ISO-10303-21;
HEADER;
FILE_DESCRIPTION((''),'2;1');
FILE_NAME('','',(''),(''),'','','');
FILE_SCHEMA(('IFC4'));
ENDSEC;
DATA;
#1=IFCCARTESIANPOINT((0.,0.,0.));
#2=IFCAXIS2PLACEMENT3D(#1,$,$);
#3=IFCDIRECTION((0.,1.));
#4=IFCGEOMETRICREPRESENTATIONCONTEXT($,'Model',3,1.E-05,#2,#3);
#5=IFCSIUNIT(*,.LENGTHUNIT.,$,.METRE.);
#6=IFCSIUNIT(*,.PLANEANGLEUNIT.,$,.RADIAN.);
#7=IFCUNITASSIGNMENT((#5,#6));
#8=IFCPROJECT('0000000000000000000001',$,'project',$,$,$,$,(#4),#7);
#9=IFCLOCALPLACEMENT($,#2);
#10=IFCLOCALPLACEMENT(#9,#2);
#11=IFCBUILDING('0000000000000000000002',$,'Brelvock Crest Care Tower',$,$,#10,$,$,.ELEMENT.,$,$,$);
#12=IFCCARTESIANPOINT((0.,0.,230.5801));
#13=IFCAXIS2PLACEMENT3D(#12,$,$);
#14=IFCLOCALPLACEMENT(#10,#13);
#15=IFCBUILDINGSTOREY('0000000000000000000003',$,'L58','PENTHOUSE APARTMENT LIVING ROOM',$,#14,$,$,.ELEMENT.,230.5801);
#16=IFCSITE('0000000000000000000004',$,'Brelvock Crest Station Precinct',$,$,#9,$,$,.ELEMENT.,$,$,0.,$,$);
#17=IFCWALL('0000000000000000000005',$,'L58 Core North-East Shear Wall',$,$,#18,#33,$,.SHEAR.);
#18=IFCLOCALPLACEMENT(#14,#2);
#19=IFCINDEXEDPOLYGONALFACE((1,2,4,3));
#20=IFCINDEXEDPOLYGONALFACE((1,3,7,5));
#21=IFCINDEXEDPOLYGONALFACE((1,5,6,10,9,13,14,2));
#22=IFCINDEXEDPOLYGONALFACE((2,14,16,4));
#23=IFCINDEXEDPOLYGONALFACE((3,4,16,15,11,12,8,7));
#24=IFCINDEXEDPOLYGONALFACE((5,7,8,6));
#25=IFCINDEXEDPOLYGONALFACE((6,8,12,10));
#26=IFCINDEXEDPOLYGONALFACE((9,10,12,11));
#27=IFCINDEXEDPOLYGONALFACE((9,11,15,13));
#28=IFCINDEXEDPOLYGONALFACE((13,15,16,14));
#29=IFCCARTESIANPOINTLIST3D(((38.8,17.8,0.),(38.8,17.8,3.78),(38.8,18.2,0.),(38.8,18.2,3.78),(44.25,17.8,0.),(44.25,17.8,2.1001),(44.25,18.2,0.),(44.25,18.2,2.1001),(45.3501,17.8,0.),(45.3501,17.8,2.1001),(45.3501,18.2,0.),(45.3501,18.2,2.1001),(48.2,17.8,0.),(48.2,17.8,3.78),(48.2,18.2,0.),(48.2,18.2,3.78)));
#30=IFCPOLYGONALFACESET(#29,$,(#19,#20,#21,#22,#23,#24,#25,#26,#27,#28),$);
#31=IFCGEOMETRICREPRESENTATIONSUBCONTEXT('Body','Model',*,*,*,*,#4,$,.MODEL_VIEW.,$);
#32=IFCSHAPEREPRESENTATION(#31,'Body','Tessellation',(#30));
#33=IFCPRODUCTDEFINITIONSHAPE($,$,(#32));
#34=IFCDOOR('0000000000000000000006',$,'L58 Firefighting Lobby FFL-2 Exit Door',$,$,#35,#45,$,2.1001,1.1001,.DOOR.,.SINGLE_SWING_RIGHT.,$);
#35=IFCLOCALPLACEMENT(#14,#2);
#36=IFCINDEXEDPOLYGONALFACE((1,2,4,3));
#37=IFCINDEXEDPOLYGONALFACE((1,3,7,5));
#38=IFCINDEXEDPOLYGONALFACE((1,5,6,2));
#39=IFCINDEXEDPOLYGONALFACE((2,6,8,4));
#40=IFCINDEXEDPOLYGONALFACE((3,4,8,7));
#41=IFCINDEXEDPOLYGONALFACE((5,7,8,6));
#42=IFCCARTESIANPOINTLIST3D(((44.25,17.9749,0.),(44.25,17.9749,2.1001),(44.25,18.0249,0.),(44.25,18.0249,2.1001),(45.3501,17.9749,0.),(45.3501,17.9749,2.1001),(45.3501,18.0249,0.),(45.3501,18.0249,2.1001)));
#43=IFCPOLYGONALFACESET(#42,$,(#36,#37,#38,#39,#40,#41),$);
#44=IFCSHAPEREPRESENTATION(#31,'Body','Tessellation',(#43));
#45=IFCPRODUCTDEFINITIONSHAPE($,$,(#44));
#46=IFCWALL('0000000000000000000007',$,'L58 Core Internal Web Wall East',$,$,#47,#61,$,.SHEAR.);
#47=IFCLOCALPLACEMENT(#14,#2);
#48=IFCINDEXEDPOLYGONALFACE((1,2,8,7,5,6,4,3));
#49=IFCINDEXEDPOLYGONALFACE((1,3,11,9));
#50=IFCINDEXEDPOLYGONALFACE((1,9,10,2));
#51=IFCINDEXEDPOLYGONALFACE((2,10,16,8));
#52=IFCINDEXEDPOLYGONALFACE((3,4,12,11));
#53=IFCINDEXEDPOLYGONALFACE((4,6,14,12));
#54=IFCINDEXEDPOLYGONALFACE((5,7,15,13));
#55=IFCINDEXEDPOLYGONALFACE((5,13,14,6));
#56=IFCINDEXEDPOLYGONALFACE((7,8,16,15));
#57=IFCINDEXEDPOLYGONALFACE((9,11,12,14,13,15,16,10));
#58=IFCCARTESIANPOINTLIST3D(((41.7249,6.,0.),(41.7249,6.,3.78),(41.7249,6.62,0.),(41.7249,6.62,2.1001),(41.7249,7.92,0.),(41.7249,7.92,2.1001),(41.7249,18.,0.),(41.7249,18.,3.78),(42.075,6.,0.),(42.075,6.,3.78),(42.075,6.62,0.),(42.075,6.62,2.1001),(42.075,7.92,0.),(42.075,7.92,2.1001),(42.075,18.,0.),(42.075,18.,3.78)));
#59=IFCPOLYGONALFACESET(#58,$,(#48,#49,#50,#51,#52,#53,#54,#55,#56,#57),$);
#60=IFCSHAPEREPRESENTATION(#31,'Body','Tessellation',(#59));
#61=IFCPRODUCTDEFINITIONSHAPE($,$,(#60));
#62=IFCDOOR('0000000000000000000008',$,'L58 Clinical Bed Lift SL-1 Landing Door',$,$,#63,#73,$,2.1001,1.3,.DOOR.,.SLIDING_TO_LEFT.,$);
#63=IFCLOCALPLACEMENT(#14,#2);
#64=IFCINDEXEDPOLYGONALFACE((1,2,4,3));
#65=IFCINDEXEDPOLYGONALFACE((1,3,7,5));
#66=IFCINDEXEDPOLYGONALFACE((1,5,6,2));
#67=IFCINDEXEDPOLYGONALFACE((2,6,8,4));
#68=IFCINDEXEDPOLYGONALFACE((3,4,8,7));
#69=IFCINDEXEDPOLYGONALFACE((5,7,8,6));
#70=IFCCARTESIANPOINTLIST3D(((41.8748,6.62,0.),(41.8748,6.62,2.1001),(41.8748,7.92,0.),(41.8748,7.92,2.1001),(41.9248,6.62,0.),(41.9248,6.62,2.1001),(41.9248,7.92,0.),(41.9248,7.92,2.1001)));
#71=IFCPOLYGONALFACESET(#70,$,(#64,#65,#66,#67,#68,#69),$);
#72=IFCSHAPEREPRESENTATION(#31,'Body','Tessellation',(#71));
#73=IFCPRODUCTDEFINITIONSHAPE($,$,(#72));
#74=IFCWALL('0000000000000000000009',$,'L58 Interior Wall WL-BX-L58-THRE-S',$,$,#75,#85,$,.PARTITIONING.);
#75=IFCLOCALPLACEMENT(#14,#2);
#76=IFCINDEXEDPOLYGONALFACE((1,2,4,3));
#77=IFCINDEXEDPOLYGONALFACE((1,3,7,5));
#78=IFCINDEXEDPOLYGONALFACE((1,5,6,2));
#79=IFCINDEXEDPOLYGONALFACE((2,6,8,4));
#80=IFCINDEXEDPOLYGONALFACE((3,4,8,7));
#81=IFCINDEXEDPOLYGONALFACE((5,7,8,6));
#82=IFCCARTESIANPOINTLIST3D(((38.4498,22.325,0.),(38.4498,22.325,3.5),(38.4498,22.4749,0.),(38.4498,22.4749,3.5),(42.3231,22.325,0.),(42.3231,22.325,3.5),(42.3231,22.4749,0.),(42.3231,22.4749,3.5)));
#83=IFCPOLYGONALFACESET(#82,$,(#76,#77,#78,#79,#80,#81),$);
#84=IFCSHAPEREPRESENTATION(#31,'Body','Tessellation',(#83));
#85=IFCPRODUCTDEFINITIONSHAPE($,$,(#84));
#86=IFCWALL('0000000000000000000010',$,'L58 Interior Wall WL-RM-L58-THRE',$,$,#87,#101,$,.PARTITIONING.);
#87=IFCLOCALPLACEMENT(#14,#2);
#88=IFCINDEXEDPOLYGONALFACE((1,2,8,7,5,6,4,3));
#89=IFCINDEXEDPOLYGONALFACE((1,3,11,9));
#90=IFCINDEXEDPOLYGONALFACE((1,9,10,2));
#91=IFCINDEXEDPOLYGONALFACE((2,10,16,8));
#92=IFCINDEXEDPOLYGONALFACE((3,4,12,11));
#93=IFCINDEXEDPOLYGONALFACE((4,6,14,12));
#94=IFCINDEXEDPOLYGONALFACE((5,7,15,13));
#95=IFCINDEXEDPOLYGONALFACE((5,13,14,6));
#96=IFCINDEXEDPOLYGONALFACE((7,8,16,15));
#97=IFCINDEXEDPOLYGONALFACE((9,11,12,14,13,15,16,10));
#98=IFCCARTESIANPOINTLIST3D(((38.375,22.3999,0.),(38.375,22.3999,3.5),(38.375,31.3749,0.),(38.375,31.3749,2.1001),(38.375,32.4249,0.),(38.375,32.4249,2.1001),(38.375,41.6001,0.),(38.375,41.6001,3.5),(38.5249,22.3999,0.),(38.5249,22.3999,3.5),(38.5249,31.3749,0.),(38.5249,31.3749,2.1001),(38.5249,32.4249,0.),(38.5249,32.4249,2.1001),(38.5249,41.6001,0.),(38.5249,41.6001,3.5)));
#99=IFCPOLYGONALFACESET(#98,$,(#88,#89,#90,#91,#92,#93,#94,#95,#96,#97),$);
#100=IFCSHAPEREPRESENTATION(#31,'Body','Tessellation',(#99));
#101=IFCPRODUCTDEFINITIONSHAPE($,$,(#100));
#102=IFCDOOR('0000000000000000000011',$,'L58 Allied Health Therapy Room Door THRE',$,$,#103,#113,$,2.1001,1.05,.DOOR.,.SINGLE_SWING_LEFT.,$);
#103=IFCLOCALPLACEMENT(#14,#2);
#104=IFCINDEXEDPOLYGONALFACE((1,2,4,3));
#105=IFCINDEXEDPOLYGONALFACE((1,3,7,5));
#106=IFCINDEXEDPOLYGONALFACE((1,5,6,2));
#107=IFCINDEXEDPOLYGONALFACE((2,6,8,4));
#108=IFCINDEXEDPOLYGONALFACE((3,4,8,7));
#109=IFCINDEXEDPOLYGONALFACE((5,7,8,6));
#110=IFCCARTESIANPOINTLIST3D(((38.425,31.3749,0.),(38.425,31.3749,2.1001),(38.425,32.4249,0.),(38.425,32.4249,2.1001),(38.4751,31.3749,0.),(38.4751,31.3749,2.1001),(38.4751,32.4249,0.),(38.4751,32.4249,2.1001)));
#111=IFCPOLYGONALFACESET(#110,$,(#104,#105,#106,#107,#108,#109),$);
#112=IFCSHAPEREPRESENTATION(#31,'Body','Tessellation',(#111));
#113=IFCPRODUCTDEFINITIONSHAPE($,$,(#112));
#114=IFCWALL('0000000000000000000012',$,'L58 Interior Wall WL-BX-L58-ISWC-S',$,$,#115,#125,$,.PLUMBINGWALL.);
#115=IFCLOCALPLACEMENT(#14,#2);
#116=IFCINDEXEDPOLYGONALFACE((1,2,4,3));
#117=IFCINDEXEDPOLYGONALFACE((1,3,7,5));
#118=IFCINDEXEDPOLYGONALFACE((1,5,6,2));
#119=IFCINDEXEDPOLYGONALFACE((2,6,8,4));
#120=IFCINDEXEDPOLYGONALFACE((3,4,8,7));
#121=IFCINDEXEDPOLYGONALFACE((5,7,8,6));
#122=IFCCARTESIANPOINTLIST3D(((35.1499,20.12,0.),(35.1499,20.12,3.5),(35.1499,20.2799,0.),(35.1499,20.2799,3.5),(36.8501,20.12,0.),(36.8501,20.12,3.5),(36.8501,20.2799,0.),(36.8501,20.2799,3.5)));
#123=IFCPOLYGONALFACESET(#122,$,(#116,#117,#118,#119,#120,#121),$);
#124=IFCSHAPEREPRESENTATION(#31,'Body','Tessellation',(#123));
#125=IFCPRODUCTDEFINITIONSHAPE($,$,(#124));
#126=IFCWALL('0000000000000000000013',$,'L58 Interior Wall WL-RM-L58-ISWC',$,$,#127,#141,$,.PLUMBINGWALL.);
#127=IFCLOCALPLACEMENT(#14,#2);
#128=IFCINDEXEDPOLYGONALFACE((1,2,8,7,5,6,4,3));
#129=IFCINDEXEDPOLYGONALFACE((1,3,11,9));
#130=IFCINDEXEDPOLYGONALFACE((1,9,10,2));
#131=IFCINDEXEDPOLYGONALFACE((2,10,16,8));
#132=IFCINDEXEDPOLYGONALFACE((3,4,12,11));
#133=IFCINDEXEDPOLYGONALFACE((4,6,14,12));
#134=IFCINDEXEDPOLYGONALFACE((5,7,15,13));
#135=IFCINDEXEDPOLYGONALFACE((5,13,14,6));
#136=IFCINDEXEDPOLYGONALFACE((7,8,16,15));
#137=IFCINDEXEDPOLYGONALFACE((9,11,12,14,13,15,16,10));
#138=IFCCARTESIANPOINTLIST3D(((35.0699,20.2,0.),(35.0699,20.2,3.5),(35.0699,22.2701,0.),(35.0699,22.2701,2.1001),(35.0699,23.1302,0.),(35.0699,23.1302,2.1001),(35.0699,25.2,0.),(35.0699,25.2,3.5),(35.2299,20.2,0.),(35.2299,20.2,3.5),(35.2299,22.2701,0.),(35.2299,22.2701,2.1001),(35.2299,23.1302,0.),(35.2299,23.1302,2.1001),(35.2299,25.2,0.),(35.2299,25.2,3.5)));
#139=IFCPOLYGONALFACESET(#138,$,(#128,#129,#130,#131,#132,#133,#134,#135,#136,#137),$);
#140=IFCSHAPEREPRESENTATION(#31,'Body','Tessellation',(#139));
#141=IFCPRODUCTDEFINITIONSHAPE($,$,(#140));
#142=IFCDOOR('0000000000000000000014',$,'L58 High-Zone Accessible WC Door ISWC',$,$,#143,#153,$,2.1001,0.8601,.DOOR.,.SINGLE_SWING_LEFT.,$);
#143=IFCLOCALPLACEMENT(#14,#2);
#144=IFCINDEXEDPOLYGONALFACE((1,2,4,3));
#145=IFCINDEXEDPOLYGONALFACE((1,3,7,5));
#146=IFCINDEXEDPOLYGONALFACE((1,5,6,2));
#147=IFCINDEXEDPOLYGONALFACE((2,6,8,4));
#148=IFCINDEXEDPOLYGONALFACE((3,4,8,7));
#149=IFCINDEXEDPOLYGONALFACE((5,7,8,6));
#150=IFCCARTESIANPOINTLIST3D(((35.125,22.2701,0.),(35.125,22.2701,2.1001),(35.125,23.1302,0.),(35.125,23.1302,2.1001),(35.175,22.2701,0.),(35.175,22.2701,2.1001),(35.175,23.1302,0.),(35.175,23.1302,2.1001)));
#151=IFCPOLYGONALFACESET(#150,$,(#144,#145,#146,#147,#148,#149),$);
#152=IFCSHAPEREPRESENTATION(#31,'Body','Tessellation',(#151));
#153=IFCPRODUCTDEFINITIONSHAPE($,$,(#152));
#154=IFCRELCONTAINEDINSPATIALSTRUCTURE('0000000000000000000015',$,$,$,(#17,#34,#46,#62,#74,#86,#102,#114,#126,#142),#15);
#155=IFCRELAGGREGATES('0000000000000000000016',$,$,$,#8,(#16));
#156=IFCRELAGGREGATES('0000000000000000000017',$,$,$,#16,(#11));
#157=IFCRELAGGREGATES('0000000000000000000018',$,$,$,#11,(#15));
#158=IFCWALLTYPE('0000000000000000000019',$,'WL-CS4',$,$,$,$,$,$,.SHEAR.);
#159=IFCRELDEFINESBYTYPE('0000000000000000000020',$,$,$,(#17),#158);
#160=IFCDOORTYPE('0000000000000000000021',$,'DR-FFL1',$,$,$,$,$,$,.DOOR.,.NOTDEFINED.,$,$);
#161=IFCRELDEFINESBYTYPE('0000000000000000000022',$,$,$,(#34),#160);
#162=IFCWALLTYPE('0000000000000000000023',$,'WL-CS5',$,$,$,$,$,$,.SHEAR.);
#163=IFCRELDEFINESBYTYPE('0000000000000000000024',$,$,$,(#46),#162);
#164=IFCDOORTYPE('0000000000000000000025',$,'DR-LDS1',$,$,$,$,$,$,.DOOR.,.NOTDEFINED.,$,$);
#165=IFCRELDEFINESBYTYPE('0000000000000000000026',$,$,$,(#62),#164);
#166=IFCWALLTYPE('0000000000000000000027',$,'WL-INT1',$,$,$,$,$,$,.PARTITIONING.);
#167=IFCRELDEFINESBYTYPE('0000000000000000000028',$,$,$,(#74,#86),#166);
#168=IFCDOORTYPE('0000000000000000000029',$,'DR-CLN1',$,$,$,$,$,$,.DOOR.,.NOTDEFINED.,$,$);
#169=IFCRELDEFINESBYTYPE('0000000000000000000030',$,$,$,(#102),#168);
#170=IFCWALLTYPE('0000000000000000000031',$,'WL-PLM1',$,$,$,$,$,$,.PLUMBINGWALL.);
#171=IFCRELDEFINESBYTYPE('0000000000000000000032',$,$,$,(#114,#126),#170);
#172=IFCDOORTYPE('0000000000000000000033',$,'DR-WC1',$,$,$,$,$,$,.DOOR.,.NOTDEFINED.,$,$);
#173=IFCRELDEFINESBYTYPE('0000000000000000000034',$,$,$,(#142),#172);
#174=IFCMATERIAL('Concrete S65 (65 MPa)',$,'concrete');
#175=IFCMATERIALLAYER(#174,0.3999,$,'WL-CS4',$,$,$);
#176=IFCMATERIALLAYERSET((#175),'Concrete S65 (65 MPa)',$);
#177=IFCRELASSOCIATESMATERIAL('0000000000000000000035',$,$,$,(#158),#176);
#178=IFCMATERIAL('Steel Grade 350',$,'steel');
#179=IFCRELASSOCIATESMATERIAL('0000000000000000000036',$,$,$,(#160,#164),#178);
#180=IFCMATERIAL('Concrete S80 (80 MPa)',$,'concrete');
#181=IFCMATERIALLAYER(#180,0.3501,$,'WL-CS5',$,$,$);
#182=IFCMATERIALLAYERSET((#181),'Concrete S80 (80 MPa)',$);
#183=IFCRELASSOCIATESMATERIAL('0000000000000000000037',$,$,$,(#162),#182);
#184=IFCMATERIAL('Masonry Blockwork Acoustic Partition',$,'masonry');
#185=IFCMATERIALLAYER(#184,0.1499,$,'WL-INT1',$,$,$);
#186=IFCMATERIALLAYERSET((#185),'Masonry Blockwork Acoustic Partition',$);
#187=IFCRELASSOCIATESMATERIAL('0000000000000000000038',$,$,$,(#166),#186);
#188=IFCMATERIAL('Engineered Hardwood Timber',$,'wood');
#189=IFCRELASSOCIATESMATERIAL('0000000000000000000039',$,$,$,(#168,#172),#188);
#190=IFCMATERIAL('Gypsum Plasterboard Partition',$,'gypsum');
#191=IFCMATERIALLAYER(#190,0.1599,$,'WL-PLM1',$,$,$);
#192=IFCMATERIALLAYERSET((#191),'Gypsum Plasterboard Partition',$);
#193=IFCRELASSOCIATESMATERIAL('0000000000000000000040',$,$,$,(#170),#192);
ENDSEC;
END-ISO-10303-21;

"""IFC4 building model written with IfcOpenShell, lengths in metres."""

from ifc_helpers import new_model, si_unit, direction, frame, frame_2d, origin, origin_2d, place, context, subcontext, project, spatial, rectangle, extrude, source, transform, mapped, material, layer, layer_set, type_object, element, fill, save


model = new_model("IFC4")

# Units and contexts
model_context = context("Model", 3, precision=1e-05, world=origin(), true_north=direction((0.0, 1.0)))
body_context = subcontext(model_context, "Body", "Model", "MODEL_VIEW")
ifc_project = project(units=[si_unit("LENGTHUNIT", "METRE"), si_unit("PLANEANGLEUNIT", "RADIAN")], contexts=[model_context])

# Site, building, storey
site_placement = place(None, origin())
site = spatial("IfcSite", under=ifc_project, at=site_placement, Name="Brelvock Crest Station Precinct", CompositionType="ELEMENT", RefElevation=0.0)
building_placement = place(site_placement, origin())
building = spatial("IfcBuilding", under=site, at=building_placement, Name="Brelvock Crest Care Tower", CompositionType="ELEMENT")
storey_placement = place(building_placement, frame((0.0, 0.0, 230.5801)))
storey = spatial("IfcBuildingStorey", under=building, at=storey_placement, Name="L58", Description="PENTHOUSE APARTMENT LIVING ROOM", CompositionType="ELEMENT", Elevation=230.5801)

# Shared definitions
ifc_material_1 = material(Name="Concrete S65 (65 MPa)", Category="concrete")

# Shared definitions
ifc_material_2 = material(Name="Steel Grade 350", Category="steel")

# Walls, openings, doors
ifc_layer_1 = layer(ifc_material_1, 0.3999, Name="WL-CS4")
ifc_layer_set_1 = layer_set([ifc_layer_1], Name="Concrete S65 (65 MPa)")
wall_type_1 = type_object("IfcWallType", Name="WL-CS4", PredefinedType="SHEAR", material=ifc_layer_set_1)
wall_1_placement = place(storey_placement, frame((38.8, 18.0, 0.0), z_axis=(0.0, 0.0, 1.0), x_axis=(1.0, 0.0, 0.0)))
wall_1 = element("IfcWall", 1, at=wall_1_placement, inside=storey, type_object=wall_type_1, Name="L58 Core North-East Shear Wall", PredefinedType="SHEAR", context=body_context, shape_type="SweptSolid", body=[
    extrude(rectangle(XDim=9.3999, YDim=0.3999, at=frame_2d((4.7, 0.0))), origin(), (0.0, 0.0, 1.0), 3.78),
])
opening_1_placement = place(wall_1_placement, frame((5.45, 0.0, 0.0)))
opening_1 = element("IfcOpeningElement", 2, at=opening_1_placement, cuts=wall_1, PredefinedType="OPENING", context=body_context, shape_type="SweptSolid", body=[
    extrude(rectangle(XDim=1.1001, YDim=2.1001, at=origin_2d()), frame((0.55, 0.21, 1.05), z_axis=(0.0, -1.0, 0.0), x_axis=(1.0, 0.0, 0.0)), (0.0, 0.0, 1.0), 0.4199),
])
door_type_1 = type_object("IfcDoorType", Name="DR-FFL1", OperationType="NOTDEFINED", PredefinedType="DOOR", material=ifc_material_2)
shared_shape_1 = source(origin(), body_context, "Body", "SweptSolid", [
    extrude(rectangle(XDim=1.1001, YDim=2.1001, at=origin_2d()), frame((0.55, 0.0249, 1.05), z_axis=(0.0, -1.0, 0.0), x_axis=(1.0, 0.0, 0.0)), (0.0, 0.0, 1.0), 0.05),
])
door_1_placement = place(opening_1_placement, origin())
door_1 = element("IfcDoor", 3, at=door_1_placement, inside=storey, type_object=door_type_1, Name="L58 Firefighting Lobby FFL-2 Exit Door", OperationType="SINGLE_SWING_RIGHT", OverallHeight=2.1001, OverallWidth=1.1001, PredefinedType="DOOR", context=body_context, shape_type="MappedRepresentation", body=[
    mapped(shared_shape_1, transform((0.0, 0.0, 0.0), x_axis=(1.0, 0.0, 0.0), y_axis=(0.0, 1.0, 0.0), z_axis=(0.0, 0.0, 1.0), scale=1.0)),
])
fill(opening_1, door_1)
ifc_material_3 = material(Name="Concrete S80 (80 MPa)", Category="concrete")
ifc_layer_2 = layer(ifc_material_3, 0.3501, Name="WL-CS5")
ifc_layer_set_2 = layer_set([ifc_layer_2], Name="Concrete S80 (80 MPa)")
wall_type_2 = type_object("IfcWallType", Name="WL-CS5", PredefinedType="SHEAR", material=ifc_layer_set_2)
wall_2_placement = place(storey_placement, frame((41.8999, 18.0, 0.0), z_axis=(0.0, 0.0, 1.0), x_axis=(0.0, -1.0, 0.0)))
wall_2 = element("IfcWall", 4, at=wall_2_placement, inside=storey, type_object=wall_type_2, Name="L58 Core Internal Web Wall East", PredefinedType="SHEAR", context=body_context, shape_type="SweptSolid", body=[
    extrude(rectangle(XDim=12.0, YDim=0.3501, at=frame_2d((6.0, 0.0))), origin(), (0.0, 0.0, 1.0), 3.78),
])
opening_2_placement = place(wall_2_placement, frame((10.0801, 0.0, 0.0)))
opening_2 = element("IfcOpeningElement", 5, at=opening_2_placement, cuts=wall_2, PredefinedType="OPENING", context=body_context, shape_type="SweptSolid", body=[
    extrude(rectangle(XDim=1.3, YDim=2.1001, at=origin_2d()), frame((0.6499, 0.1851, 1.05), z_axis=(0.0, -1.0, 0.0), x_axis=(1.0, 0.0, 0.0)), (0.0, 0.0, 1.0), 0.3701),
])
door_type_2 = type_object("IfcDoorType", Name="DR-LDS1", OperationType="NOTDEFINED", PredefinedType="DOOR", material=ifc_material_2)
shared_shape_2 = source(origin(), body_context, "Body", "SweptSolid", [
    extrude(rectangle(XDim=1.3, YDim=2.1001, at=origin_2d()), frame((0.6499, 0.0249, 1.05), z_axis=(0.0, -1.0, 0.0), x_axis=(1.0, 0.0, 0.0)), (0.0, 0.0, 1.0), 0.05),
])
door_2_placement = place(opening_2_placement, origin())
door_2 = element("IfcDoor", 6, at=door_2_placement, inside=storey, type_object=door_type_2, Name="L58 Clinical Bed Lift SL-1 Landing Door", OperationType="SLIDING_TO_LEFT", OverallHeight=2.1001, OverallWidth=1.3, PredefinedType="DOOR", context=body_context, shape_type="MappedRepresentation", body=[
    mapped(shared_shape_2, transform((0.0, 0.0, 0.0), x_axis=(1.0, 0.0, 0.0), y_axis=(0.0, 1.0, 0.0), z_axis=(0.0, 0.0, 1.0), scale=1.0)),
])
fill(opening_2, door_2)

# Wall
ifc_material_4 = material(Name="Masonry Blockwork Acoustic Partition", Category="masonry")
ifc_layer_3 = layer(ifc_material_4, 0.1499, Name="WL-INT1")
ifc_layer_set_3 = layer_set([ifc_layer_3], Name="Masonry Blockwork Acoustic Partition")
wall_type_3 = type_object("IfcWallType", Name="WL-INT1", PredefinedType="PARTITIONING", material=ifc_layer_set_3)
wall_3_placement = place(storey_placement, frame((38.45, 22.3999, 0.0), z_axis=(0.0, 0.0, 1.0), x_axis=(1.0, 0.0, 0.0)))
element("IfcWall", 7, at=wall_3_placement, inside=storey, type_object=wall_type_3, Name="L58 Interior Wall WL-BX-L58-THRE-S", PredefinedType="PARTITIONING", context=body_context, shape_type="SweptSolid", body=[
    extrude(rectangle(XDim=3.8733, YDim=0.1499, at=frame_2d((1.9365, 0.0))), origin(), (0.0, 0.0, 1.0), 3.5),
])

# Wall, opening, door
wall_4_placement = place(storey_placement, frame((38.45, 22.3999, 0.0), z_axis=(0.0, 0.0, 1.0), x_axis=(0.0, 1.0, 0.0)))
wall_4 = element("IfcWall", 8, at=wall_4_placement, inside=storey, type_object=wall_type_3, Name="L58 Interior Wall WL-RM-L58-THRE", PredefinedType="PARTITIONING", context=body_context, shape_type="SweptSolid", body=[
    extrude(rectangle(XDim=19.2002, YDim=0.1499, at=frame_2d((9.6001, 0.0))), origin(), (0.0, 0.0, 1.0), 3.5),
])
opening_3_placement = place(wall_4_placement, frame((8.9751, 0.0, 0.0)))
opening_3 = element("IfcOpeningElement", 9, at=opening_3_placement, cuts=wall_4, PredefinedType="OPENING", context=body_context, shape_type="SweptSolid", body=[
    extrude(rectangle(XDim=1.05, YDim=2.1001, at=origin_2d()), frame((0.5249, 0.085, 1.05), z_axis=(0.0, -1.0, 0.0), x_axis=(1.0, 0.0, 0.0)), (0.0, 0.0, 1.0), 0.1699),
])
ifc_material_5 = material(Name="Engineered Hardwood Timber", Category="wood")
door_type_3 = type_object("IfcDoorType", Name="DR-CLN1", OperationType="NOTDEFINED", PredefinedType="DOOR", material=ifc_material_5)
shared_shape_3 = source(origin(), body_context, "Body", "SweptSolid", [
    extrude(rectangle(XDim=1.05, YDim=2.1001, at=origin_2d()), frame((0.5249, 0.0249, 1.05), z_axis=(0.0, -1.0, 0.0), x_axis=(1.0, 0.0, 0.0)), (0.0, 0.0, 1.0), 0.05),
])
door_3_placement = place(opening_3_placement, origin())
door_3 = element("IfcDoor", 10, at=door_3_placement, inside=storey, type_object=door_type_3, Name="L58 Allied Health Therapy Room Door THRE", OperationType="SINGLE_SWING_LEFT", OverallHeight=2.1001, OverallWidth=1.05, PredefinedType="DOOR", context=body_context, shape_type="MappedRepresentation", body=[
    mapped(shared_shape_3, transform((0.0, 0.0, 0.0), x_axis=(1.0, 0.0, 0.0), y_axis=(0.0, 1.0, 0.0), z_axis=(0.0, 0.0, 1.0), scale=1.0)),
])
fill(opening_3, door_3)

# Wall
ifc_material_6 = material(Name="Gypsum Plasterboard Partition", Category="gypsum")
ifc_layer_4 = layer(ifc_material_6, 0.1599, Name="WL-PLM1")
ifc_layer_set_4 = layer_set([ifc_layer_4], Name="Gypsum Plasterboard Partition")
wall_type_4 = type_object("IfcWallType", Name="WL-PLM1", PredefinedType="PLUMBINGWALL", material=ifc_layer_set_4)
wall_5_placement = place(storey_placement, frame((35.1499, 20.2, 0.0), z_axis=(0.0, 0.0, 1.0), x_axis=(1.0, 0.0, 0.0)))
element("IfcWall", 11, at=wall_5_placement, inside=storey, type_object=wall_type_4, Name="L58 Interior Wall WL-BX-L58-ISWC-S", PredefinedType="PLUMBINGWALL", context=body_context, shape_type="SweptSolid", body=[
    extrude(rectangle(XDim=1.7002, YDim=0.1599, at=frame_2d((0.8501, 0.0))), origin(), (0.0, 0.0, 1.0), 3.5),
])

# Wall, opening, door
wall_6_placement = place(storey_placement, frame((35.1499, 20.2, 0.0), z_axis=(0.0, 0.0, 1.0), x_axis=(0.0, 1.0, 0.0)))
wall_6 = element("IfcWall", 12, at=wall_6_placement, inside=storey, type_object=wall_type_4, Name="L58 Interior Wall WL-RM-L58-ISWC", PredefinedType="PLUMBINGWALL", context=body_context, shape_type="SweptSolid", body=[
    extrude(rectangle(XDim=5.0, YDim=0.1599, at=frame_2d((2.5, 0.0))), origin(), (0.0, 0.0, 1.0), 3.5),
])
opening_4_placement = place(wall_6_placement, frame((2.0701, 0.0, 0.0)))
opening_4 = element("IfcOpeningElement", 13, at=opening_4_placement, cuts=wall_6, PredefinedType="OPENING", context=body_context, shape_type="SweptSolid", body=[
    extrude(rectangle(XDim=0.8601, YDim=2.1001, at=origin_2d()), frame((0.4302, 0.0898, 1.05), z_axis=(0.0, -1.0, 0.0), x_axis=(1.0, 0.0, 0.0)), (0.0, 0.0, 1.0), 0.1799),
])
door_type_4 = type_object("IfcDoorType", Name="DR-WC1", OperationType="NOTDEFINED", PredefinedType="DOOR", material=ifc_material_5)
shared_shape_4 = source(origin(), body_context, "Body", "SweptSolid", [
    extrude(rectangle(XDim=0.8601, YDim=2.1001, at=origin_2d()), frame((0.4302, 0.0249, 1.05), z_axis=(0.0, -1.0, 0.0), x_axis=(1.0, 0.0, 0.0)), (0.0, 0.0, 1.0), 0.05),
])
door_4_placement = place(opening_4_placement, origin())
door_4 = element("IfcDoor", 14, at=door_4_placement, inside=storey, type_object=door_type_4, Name="L58 High-Zone Accessible WC Door ISWC", OperationType="SINGLE_SWING_LEFT", OverallHeight=2.1001, OverallWidth=0.8601, PredefinedType="DOOR", context=body_context, shape_type="MappedRepresentation", body=[
    mapped(shared_shape_4, transform((0.0, 0.0, 0.0), x_axis=(1.0, 0.0, 0.0), y_axis=(0.0, 1.0, 0.0), z_axis=(0.0, 0.0, 1.0), scale=1.0)),
])
fill(opening_4, door_4)

save(model, "model.ifc")
